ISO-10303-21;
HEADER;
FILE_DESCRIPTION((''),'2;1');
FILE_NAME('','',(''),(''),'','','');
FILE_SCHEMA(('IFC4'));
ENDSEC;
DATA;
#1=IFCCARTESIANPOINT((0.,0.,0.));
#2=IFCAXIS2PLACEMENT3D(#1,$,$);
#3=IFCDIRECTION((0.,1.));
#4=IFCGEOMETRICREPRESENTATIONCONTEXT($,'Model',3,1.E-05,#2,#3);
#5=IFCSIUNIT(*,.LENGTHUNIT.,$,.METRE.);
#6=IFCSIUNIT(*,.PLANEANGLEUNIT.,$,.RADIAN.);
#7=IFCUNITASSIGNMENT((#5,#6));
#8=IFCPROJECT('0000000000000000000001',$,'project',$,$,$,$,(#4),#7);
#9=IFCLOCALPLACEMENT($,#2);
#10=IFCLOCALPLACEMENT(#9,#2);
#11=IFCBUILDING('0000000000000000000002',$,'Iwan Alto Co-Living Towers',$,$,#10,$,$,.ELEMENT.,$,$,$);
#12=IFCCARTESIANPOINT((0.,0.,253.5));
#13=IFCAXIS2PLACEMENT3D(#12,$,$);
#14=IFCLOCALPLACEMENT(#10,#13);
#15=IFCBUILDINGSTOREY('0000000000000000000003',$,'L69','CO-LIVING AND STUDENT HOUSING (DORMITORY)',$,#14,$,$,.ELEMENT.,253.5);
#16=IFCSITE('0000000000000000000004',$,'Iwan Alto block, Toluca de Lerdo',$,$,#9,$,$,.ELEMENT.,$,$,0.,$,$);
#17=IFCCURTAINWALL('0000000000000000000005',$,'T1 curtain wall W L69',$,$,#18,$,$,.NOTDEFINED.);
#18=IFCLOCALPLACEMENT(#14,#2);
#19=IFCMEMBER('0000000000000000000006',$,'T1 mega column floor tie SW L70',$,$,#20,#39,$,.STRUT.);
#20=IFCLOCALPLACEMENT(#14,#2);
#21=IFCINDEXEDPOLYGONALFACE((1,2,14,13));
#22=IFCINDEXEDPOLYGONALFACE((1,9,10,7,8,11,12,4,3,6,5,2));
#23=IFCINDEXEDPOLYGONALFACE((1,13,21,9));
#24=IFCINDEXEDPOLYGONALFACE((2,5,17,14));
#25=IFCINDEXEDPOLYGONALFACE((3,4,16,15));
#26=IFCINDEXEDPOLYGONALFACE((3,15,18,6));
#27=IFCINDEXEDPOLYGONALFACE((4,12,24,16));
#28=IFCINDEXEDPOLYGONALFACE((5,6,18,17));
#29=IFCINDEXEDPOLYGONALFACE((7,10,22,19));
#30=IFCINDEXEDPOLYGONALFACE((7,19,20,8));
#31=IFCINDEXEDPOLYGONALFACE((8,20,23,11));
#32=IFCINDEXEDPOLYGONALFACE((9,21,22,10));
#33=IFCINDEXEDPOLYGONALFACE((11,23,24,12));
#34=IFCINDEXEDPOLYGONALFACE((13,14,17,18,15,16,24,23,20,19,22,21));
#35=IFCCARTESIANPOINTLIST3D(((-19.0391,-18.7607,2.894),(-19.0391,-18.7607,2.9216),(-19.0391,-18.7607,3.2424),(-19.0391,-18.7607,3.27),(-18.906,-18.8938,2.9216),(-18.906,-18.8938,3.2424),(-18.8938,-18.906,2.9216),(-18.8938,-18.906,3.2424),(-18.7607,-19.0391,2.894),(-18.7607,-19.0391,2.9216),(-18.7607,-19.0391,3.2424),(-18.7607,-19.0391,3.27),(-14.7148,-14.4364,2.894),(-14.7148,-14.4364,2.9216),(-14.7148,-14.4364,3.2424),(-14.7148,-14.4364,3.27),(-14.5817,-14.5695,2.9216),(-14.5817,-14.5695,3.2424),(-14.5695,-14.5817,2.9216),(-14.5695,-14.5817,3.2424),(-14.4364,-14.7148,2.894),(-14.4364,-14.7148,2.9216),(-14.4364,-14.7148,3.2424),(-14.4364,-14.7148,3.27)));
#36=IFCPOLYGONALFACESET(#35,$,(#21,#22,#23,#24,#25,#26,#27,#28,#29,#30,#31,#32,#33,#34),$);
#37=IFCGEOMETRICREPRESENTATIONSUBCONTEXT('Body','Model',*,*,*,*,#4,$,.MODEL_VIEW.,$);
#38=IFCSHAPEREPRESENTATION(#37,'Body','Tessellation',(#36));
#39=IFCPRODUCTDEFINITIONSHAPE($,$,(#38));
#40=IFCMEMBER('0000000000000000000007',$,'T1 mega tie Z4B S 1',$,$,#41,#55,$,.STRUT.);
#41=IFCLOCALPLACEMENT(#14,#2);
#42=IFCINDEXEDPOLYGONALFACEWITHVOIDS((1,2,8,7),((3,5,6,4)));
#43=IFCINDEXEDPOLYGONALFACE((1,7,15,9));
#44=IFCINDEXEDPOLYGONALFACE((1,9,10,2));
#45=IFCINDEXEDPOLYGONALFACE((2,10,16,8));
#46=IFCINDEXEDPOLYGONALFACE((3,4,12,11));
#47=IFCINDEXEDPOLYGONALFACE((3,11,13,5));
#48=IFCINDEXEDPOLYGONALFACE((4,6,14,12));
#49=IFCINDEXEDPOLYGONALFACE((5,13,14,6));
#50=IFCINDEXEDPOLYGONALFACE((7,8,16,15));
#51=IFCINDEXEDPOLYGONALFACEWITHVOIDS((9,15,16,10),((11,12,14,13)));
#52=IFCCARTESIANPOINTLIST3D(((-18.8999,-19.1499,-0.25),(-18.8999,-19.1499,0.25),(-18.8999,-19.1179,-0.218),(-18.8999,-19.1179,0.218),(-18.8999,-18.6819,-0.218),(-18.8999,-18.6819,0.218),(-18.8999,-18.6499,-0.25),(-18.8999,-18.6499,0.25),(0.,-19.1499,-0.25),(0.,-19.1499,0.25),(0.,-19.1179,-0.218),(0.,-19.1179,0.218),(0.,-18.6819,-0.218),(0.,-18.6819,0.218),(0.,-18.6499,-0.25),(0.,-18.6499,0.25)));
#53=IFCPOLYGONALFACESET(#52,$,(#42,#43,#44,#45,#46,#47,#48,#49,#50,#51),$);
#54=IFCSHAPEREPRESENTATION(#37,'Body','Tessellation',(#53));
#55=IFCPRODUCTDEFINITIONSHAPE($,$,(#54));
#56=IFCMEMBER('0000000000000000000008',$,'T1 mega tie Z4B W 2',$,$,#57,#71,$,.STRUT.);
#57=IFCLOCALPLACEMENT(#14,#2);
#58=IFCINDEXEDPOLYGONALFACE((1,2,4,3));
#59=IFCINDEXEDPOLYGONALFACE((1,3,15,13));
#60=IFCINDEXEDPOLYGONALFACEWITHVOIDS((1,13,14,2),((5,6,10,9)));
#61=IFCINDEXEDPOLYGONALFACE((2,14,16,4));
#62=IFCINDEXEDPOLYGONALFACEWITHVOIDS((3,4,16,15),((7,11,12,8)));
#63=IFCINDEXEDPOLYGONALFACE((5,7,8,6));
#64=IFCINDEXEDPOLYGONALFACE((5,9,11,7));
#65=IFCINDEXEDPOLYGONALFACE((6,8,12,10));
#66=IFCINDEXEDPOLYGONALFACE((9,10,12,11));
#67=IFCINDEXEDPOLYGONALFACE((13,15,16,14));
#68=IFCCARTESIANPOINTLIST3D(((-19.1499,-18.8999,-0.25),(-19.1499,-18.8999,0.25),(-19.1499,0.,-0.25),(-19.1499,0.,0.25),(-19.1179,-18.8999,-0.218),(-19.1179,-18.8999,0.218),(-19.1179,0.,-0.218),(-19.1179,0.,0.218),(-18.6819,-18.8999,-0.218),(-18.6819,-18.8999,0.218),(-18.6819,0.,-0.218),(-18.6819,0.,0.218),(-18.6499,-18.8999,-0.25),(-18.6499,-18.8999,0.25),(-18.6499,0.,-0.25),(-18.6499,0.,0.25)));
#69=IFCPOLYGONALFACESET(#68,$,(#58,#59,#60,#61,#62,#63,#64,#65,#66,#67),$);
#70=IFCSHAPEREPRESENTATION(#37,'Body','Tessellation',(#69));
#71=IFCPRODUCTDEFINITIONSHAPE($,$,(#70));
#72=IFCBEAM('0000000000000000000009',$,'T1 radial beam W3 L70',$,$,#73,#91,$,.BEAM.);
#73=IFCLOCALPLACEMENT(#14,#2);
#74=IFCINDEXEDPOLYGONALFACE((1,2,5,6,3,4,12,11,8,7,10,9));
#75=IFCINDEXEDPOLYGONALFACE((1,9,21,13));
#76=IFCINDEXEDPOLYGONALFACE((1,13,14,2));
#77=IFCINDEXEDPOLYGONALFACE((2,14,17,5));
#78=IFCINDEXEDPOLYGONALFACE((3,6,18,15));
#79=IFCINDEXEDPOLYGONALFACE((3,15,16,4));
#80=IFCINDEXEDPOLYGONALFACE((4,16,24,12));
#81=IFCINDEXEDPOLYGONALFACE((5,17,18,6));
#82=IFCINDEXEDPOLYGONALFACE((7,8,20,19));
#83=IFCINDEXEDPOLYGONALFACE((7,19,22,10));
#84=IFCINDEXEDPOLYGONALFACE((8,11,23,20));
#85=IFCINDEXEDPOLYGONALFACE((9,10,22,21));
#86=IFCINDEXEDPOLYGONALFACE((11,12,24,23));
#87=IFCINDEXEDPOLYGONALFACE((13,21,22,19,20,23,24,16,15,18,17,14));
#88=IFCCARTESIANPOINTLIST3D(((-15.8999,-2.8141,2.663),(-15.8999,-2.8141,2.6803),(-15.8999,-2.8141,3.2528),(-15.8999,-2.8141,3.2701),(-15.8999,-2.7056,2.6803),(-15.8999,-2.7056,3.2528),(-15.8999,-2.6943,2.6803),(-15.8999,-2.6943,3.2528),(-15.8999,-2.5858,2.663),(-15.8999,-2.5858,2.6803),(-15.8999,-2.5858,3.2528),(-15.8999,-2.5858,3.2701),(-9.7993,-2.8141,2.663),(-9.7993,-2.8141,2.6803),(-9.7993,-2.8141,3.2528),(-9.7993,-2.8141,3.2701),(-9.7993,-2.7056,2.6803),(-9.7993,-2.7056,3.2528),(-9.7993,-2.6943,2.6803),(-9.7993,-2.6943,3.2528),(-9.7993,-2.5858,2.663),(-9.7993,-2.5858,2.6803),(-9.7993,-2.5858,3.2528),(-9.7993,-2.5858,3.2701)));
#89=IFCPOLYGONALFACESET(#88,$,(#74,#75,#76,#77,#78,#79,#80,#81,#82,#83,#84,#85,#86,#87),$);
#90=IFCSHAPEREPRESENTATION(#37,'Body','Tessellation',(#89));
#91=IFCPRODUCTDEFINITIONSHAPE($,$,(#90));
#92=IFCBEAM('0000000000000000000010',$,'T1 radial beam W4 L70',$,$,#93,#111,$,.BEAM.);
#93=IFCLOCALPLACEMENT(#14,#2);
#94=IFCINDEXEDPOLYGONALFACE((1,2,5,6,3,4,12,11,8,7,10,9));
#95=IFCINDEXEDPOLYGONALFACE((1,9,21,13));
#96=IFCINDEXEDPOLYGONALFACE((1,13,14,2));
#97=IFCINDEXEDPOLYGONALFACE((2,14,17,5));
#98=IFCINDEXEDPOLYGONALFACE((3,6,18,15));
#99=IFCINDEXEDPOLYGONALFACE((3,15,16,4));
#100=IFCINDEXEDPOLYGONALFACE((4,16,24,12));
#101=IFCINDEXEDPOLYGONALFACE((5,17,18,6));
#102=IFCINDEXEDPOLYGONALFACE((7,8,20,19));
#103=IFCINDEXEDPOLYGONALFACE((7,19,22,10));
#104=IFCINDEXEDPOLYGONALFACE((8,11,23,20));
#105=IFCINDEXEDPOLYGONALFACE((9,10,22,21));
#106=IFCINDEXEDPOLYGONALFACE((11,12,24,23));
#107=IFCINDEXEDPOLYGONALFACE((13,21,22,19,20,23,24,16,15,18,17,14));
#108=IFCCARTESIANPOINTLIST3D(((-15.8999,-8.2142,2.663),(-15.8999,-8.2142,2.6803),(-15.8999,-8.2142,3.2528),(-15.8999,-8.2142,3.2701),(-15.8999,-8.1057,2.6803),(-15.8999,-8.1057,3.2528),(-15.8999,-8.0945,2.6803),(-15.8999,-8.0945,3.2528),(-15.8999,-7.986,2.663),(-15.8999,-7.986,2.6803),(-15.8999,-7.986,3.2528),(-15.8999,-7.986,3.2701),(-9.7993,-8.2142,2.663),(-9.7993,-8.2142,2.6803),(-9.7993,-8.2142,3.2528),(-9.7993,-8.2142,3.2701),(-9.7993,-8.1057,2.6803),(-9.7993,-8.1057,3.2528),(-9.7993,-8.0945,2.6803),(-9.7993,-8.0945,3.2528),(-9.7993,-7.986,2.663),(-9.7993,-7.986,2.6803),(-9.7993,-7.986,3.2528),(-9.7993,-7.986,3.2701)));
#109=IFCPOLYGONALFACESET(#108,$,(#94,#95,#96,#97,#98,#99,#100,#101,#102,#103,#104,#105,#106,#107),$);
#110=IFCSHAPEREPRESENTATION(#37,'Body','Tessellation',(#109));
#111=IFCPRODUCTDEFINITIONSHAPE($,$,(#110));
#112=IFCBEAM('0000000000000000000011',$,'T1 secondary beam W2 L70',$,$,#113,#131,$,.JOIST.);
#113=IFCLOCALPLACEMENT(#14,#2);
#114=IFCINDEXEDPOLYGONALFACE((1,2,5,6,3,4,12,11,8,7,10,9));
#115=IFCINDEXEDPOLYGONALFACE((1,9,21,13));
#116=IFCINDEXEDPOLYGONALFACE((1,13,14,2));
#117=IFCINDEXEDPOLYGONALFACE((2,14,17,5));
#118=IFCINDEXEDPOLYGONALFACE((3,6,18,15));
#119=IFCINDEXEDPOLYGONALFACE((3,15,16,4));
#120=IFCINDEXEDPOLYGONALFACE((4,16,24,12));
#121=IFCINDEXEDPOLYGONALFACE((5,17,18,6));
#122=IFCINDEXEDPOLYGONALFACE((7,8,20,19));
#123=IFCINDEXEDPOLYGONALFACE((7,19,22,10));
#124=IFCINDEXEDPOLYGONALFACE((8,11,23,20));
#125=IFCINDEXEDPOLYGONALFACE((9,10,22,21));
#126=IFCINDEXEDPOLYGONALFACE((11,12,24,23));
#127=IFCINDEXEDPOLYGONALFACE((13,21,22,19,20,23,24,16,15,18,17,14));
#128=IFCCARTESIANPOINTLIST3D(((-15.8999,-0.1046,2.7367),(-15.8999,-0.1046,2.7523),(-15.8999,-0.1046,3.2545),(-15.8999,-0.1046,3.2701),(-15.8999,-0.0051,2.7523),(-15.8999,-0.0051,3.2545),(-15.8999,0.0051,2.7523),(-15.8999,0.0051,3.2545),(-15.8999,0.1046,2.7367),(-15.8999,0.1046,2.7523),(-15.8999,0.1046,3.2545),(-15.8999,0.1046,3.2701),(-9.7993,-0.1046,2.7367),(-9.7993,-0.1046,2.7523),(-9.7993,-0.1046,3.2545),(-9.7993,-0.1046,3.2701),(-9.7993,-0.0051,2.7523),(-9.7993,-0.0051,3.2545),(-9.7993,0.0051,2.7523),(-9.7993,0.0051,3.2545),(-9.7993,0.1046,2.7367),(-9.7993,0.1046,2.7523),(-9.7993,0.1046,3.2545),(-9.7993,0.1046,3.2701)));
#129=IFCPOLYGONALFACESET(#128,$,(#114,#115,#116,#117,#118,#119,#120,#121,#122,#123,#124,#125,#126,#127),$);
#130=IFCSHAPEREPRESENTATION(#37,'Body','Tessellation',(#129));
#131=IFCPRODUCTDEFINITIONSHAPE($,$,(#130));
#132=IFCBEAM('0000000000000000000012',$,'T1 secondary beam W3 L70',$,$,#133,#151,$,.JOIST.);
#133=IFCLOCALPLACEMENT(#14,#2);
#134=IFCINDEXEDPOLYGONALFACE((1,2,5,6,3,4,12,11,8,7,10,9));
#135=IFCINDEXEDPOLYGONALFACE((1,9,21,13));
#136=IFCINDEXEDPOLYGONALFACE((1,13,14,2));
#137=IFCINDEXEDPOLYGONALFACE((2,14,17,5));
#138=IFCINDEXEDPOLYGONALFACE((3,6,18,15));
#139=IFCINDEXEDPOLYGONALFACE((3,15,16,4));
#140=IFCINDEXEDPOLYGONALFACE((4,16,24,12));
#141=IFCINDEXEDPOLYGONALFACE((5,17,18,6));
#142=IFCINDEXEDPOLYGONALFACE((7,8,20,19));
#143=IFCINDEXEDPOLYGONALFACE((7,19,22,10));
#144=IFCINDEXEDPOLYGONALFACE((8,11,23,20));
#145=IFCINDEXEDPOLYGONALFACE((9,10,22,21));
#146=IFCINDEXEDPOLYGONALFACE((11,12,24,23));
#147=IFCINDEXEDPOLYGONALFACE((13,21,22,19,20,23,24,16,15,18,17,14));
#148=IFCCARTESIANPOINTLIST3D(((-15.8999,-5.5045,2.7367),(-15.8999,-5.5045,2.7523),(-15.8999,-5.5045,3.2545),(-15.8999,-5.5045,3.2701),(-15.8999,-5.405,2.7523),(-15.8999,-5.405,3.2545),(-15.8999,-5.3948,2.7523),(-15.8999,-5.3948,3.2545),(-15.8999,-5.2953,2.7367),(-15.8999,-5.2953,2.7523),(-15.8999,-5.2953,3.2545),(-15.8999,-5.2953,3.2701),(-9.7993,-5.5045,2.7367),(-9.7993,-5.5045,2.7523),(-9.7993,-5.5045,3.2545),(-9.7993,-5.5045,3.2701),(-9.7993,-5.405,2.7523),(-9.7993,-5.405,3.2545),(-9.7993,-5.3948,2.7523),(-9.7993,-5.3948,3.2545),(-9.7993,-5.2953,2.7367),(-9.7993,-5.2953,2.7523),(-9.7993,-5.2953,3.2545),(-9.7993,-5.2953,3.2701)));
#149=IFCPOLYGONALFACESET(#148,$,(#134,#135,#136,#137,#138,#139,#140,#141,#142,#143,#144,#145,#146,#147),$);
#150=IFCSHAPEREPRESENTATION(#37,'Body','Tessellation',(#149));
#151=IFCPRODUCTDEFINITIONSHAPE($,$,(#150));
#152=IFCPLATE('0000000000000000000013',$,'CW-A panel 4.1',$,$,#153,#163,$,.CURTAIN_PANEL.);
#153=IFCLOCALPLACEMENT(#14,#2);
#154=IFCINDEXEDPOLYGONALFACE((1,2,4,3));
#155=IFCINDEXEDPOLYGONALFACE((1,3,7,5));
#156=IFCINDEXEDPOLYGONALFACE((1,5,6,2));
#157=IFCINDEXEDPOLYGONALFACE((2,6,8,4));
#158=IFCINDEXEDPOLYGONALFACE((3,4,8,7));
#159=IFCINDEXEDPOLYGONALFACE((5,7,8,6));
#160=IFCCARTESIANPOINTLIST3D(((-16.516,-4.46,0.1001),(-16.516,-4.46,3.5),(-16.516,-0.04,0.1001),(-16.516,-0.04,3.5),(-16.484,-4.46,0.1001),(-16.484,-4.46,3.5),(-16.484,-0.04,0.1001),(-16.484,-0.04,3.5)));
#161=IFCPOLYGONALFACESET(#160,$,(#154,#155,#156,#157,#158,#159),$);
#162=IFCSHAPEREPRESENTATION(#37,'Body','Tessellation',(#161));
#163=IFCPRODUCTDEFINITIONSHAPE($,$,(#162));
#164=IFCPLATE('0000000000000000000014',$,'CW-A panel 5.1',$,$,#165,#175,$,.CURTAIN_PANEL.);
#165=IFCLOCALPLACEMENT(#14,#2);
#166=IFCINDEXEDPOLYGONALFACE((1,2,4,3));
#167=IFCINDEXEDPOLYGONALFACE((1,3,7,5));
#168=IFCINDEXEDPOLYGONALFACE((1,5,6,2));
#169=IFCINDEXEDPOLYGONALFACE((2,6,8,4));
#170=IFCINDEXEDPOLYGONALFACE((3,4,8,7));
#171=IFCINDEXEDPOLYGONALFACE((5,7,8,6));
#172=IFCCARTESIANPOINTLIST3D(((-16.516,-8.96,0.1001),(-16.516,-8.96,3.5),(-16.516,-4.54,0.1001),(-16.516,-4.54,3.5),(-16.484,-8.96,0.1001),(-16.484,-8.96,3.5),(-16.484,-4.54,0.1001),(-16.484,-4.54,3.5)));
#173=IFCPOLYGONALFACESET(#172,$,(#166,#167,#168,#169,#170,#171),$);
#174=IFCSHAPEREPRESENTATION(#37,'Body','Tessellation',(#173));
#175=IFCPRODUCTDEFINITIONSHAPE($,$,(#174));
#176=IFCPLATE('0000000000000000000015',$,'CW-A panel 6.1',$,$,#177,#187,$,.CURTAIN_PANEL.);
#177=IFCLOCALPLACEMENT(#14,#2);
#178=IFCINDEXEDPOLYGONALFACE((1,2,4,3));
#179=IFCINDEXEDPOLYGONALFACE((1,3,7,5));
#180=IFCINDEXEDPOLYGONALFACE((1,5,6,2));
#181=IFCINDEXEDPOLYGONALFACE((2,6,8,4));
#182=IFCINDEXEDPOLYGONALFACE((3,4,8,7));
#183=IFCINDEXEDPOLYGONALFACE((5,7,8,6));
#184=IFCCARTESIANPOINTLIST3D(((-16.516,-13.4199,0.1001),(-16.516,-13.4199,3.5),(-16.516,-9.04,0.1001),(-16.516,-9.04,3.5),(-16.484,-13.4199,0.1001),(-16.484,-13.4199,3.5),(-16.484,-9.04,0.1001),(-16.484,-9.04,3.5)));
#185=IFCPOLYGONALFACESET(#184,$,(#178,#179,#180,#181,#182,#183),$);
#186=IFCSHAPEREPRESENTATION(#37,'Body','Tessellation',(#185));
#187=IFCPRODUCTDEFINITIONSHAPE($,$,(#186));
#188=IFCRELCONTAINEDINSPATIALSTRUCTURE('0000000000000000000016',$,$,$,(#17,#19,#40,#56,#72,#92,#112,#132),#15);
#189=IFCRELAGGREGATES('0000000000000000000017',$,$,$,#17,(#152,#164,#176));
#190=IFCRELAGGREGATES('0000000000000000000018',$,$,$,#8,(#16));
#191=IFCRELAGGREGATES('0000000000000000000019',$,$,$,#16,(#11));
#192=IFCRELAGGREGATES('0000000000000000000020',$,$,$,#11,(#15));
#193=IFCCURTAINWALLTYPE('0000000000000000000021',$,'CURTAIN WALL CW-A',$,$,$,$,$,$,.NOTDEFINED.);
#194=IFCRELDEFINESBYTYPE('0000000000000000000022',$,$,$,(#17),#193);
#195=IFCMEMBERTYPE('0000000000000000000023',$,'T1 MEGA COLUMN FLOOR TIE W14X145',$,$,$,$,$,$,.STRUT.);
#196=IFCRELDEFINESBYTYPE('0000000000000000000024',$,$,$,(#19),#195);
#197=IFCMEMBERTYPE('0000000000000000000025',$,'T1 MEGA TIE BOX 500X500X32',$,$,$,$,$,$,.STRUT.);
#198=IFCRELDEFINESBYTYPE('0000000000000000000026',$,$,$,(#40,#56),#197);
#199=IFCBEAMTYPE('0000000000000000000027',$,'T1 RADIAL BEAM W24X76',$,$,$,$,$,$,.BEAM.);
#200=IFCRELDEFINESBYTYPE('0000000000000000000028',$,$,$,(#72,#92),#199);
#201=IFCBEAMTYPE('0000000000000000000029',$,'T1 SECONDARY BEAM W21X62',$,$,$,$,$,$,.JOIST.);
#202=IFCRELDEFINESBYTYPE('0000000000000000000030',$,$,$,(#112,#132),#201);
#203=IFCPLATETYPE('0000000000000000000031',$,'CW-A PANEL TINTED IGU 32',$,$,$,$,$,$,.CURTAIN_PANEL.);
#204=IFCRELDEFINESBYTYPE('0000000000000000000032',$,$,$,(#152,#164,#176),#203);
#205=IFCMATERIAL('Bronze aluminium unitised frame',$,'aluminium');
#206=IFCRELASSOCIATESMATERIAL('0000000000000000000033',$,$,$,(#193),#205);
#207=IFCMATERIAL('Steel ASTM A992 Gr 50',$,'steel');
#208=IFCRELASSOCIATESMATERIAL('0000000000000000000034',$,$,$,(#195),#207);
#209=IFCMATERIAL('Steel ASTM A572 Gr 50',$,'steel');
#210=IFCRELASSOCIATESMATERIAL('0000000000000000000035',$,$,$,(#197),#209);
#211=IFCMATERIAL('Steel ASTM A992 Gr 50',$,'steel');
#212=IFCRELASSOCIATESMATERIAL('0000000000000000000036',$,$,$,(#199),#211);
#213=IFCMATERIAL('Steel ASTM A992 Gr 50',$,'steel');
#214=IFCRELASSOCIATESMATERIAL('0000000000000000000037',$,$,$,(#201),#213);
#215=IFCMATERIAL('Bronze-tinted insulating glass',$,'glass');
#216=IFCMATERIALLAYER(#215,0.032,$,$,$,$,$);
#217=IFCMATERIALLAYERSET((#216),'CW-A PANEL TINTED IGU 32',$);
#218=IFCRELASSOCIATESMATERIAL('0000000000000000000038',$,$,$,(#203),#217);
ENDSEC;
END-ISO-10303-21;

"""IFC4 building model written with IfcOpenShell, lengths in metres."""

from ifc_helpers import new_model, si_unit, direction, frame, origin, origin_2d, place, context, subcontext, project, spatial, rectangle, hollow_rectangle, i_section, extrude, material, layer, layer_set, material_profile, profile_set, type_object, element, aggregate, save


model = new_model("IFC4")

# Units and contexts
model_context = context("Model", 3, precision=1e-05, world=origin(), true_north=direction((0.0, 1.0)))
body_context = subcontext(model_context, "Body", "Model", "MODEL_VIEW")
ifc_project = project(units=[si_unit("LENGTHUNIT", "METRE"), si_unit("PLANEANGLEUNIT", "RADIAN")], contexts=[model_context])

# Site, building, storey
site_placement = place(None, origin())
site = spatial("IfcSite", under=ifc_project, at=site_placement, Name="Iwan Alto block, Toluca de Lerdo", CompositionType="ELEMENT", RefElevation=0.0)
building_placement = place(site_placement, origin())
building = spatial("IfcBuilding", under=site, at=building_placement, Name="Iwan Alto Co-Living Towers", CompositionType="ELEMENT")
storey_placement = place(building_placement, frame((0.0, 0.0, 253.5)))
storey = spatial("IfcBuildingStorey", under=building, at=storey_placement, Name="L69", Description="CO-LIVING AND STUDENT HOUSING (DORMITORY)", CompositionType="ELEMENT", Elevation=253.5)

# Curtain wall
ifc_material_1 = material(Name="Bronze aluminium unitised frame", Category="aluminium")
curtain_wall_type_1 = type_object("IfcCurtainWallType", Name="CURTAIN WALL CW-A", PredefinedType="NOTDEFINED", material=ifc_material_1)
curtain_wall_1_placement = place(storey_placement, origin())
curtain_wall_1 = element("IfcCurtainWall", 1, at=curtain_wall_1_placement, inside=storey, type_object=curtain_wall_type_1, Name="T1 curtain wall W L69", PredefinedType="NOTDEFINED")

# Members
ifc_material_2 = material(Name="Steel ASTM A992 Gr 50", Category="steel")
ifc_material_profile_1 = material_profile(ifc_material_2, i_section(OverallWidth=0.3938, OverallDepth=0.376, WebThickness=0.0173, FlangeThickness=0.0276, at=origin_2d()), Name="W14X145")
ifc_profile_set_1 = profile_set([ifc_material_profile_1], Name="Steel ASTM A992 Gr 50")
member_type_1 = type_object("IfcMemberType", Name="T1 MEGA COLUMN FLOOR TIE W14X145", PredefinedType="STRUT", material=ifc_profile_set_1)
member_1_placement = place(storey_placement, frame((-18.8999, -18.8999, 3.082), z_axis=(0.707107, 0.707107, 0.0), x_axis=(-0.707107, 0.707107, 0.0)))
element("IfcMember", 2, at=member_1_placement, inside=storey, type_object=member_type_1, Name="T1 mega column floor tie SW L70", PredefinedType="STRUT", context=body_context, shape_type="SweptSolid", body=[
    extrude(i_section(OverallWidth=0.3938, OverallDepth=0.376, WebThickness=0.0173, FlangeThickness=0.0276, at=origin_2d()), origin(), (0.0, 0.0, 1.0), 6.1155),
])
ifc_material_3 = material(Name="Steel ASTM A572 Gr 50", Category="steel")
ifc_material_profile_2 = material_profile(ifc_material_3, hollow_rectangle(XDim=0.5, YDim=0.5, WallThickness=0.032, at=origin_2d()), Name="BOX 500X500X32")
ifc_profile_set_2 = profile_set([ifc_material_profile_2], Name="Steel ASTM A572 Gr 50")
member_type_2 = type_object("IfcMemberType", Name="T1 MEGA TIE BOX 500X500X32", PredefinedType="STRUT", material=ifc_profile_set_2)
for number, where, z_axis, x_axis, name in (
    (3, (-18.8999, -18.8999, 0.0), (1.0, 0.0, 0.0), (0.0, 1.0, 0.0), "T1 mega tie Z4B S 1"),
    (4, (-18.8999, 0.0, 0.0), (0.0, -1.0, 0.0), (1.0, 0.0, 0.0), "T1 mega tie Z4B W 2"),
):
    element("IfcMember", number, at=place(storey_placement, frame(where, z_axis=z_axis, x_axis=x_axis)), inside=storey, type_object=member_type_2, Name=name, PredefinedType="STRUT", context=body_context, shape_type="SweptSolid", body=[
        extrude(hollow_rectangle(XDim=0.5, YDim=0.5, WallThickness=0.032, at=origin_2d()), origin(), (0.0, 0.0, 1.0), 18.8999),
    ])

# Beams
ifc_material_4 = material(Name="Steel ASTM A992 Gr 50", Category="steel")
ifc_material_profile_3 = material_profile(ifc_material_4, i_section(OverallWidth=0.2283, OverallDepth=0.6072, WebThickness=0.0112, FlangeThickness=0.0173, at=origin_2d()), Name="W24X76")
ifc_profile_set_3 = profile_set([ifc_material_profile_3], Name="Steel ASTM A992 Gr 50")
beam_type_1 = type_object("IfcBeamType", Name="T1 RADIAL BEAM W24X76", PredefinedType="BEAM", material=ifc_profile_set_3)
for number, where, z_axis, x_axis, name in (
    (5, (-15.8999, -2.7, 2.9666), (1.0, 0.0, 0.0), (0.0, 1.0, 0.0), "T1 radial beam W3 L70"),
    (6, (-15.8999, -8.1001, 2.9666), (1.0, 0.0, 0.0), (0.0, 1.0, 0.0), "T1 radial beam W4 L70"),
):
    element("IfcBeam", number, at=place(storey_placement, frame(where, z_axis=z_axis, x_axis=x_axis)), inside=storey, type_object=beam_type_1, Name=name, PredefinedType="BEAM", context=body_context, shape_type="SweptSolid", body=[
        extrude(i_section(OverallWidth=0.2283, OverallDepth=0.6072, WebThickness=0.0112, FlangeThickness=0.0173, at=origin_2d()), origin(), (0.0, 0.0, 1.0), 6.1006),
    ])
ifc_material_5 = material(Name="Steel ASTM A992 Gr 50", Category="steel")
ifc_material_profile_4 = material_profile(ifc_material_5, i_section(OverallWidth=0.2092, OverallDepth=0.5334, WebThickness=0.0103, FlangeThickness=0.0156, at=origin_2d()), Name="W21X62")
ifc_profile_set_4 = profile_set([ifc_material_profile_4], Name="Steel ASTM A992 Gr 50")
beam_type_2 = type_object("IfcBeamType", Name="T1 SECONDARY BEAM W21X62", PredefinedType="JOIST", material=ifc_profile_set_4)
for number, where, z_axis, x_axis, name in (
    (7, (-15.8999, 0.0, 3.0034), (1.0, 0.0, 0.0), (0.0, 1.0, 0.0), "T1 secondary beam W2 L70"),
    (8, (-15.8999, -5.3999, 3.0034), (1.0, 0.0, 0.0), (0.0, 1.0, 0.0), "T1 secondary beam W3 L70"),
):
    element("IfcBeam", number, at=place(storey_placement, frame(where, z_axis=z_axis, x_axis=x_axis)), inside=storey, type_object=beam_type_2, Name=name, PredefinedType="JOIST", context=body_context, shape_type="SweptSolid", body=[
        extrude(i_section(OverallWidth=0.2092, OverallDepth=0.5334, WebThickness=0.0103, FlangeThickness=0.0156, at=origin_2d()), origin(), (0.0, 0.0, 1.0), 6.1006),
    ])

# Plates
ifc_material_6 = material(Name="Bronze-tinted insulating glass", Category="glass")
ifc_layer_1 = layer(ifc_material_6, 0.032)
ifc_layer_set_1 = layer_set([ifc_layer_1], Name="CW-A PANEL TINTED IGU 32")
plate_type_1 = type_object("IfcPlateType", Name="CW-A PANEL TINTED IGU 32", PredefinedType="CURTAIN_PANEL", material=ifc_layer_set_1)
plate_1_placement = place(storey_placement, frame((-16.5, -2.25, 0.1001), z_axis=(0.0, 0.0, 1.0), x_axis=(0.0, -1.0, 0.0)))
plate_1 = element("IfcPlate", 9, at=plate_1_placement, type_object=plate_type_1, Name="CW-A panel 4.1", PredefinedType="CURTAIN_PANEL", context=body_context, shape_type="SweptSolid", body=[
    extrude(rectangle(XDim=4.4199, YDim=0.032, at=origin_2d()), origin(), (0.0, 0.0, 1.0), 3.3999),
])
plate_2_placement = place(storey_placement, frame((-16.5, -6.75, 0.1001), z_axis=(0.0, 0.0, 1.0), x_axis=(0.0, -1.0, 0.0)))
plate_2 = element("IfcPlate", 10, at=plate_2_placement, type_object=plate_type_1, Name="CW-A panel 5.1", PredefinedType="CURTAIN_PANEL", context=body_context, shape_type="SweptSolid", body=[
    extrude(rectangle(XDim=4.4199, YDim=0.032, at=origin_2d()), origin(), (0.0, 0.0, 1.0), 3.3999),
])
plate_3_placement = place(storey_placement, frame((-16.5, -11.23, 0.1001), z_axis=(0.0, 0.0, 1.0), x_axis=(0.0, -1.0, 0.0)))
plate_3 = element("IfcPlate", 11, at=plate_3_placement, type_object=plate_type_1, Name="CW-A panel 6.1", PredefinedType="CURTAIN_PANEL", context=body_context, shape_type="SweptSolid", body=[
    extrude(rectangle(XDim=4.3799, YDim=0.032, at=origin_2d()), origin(), (0.0, 0.0, 1.0), 3.3999),
])
aggregate(curtain_wall_1, [plate_1, plate_2, plate_3])

save(model, "model.ifc")
